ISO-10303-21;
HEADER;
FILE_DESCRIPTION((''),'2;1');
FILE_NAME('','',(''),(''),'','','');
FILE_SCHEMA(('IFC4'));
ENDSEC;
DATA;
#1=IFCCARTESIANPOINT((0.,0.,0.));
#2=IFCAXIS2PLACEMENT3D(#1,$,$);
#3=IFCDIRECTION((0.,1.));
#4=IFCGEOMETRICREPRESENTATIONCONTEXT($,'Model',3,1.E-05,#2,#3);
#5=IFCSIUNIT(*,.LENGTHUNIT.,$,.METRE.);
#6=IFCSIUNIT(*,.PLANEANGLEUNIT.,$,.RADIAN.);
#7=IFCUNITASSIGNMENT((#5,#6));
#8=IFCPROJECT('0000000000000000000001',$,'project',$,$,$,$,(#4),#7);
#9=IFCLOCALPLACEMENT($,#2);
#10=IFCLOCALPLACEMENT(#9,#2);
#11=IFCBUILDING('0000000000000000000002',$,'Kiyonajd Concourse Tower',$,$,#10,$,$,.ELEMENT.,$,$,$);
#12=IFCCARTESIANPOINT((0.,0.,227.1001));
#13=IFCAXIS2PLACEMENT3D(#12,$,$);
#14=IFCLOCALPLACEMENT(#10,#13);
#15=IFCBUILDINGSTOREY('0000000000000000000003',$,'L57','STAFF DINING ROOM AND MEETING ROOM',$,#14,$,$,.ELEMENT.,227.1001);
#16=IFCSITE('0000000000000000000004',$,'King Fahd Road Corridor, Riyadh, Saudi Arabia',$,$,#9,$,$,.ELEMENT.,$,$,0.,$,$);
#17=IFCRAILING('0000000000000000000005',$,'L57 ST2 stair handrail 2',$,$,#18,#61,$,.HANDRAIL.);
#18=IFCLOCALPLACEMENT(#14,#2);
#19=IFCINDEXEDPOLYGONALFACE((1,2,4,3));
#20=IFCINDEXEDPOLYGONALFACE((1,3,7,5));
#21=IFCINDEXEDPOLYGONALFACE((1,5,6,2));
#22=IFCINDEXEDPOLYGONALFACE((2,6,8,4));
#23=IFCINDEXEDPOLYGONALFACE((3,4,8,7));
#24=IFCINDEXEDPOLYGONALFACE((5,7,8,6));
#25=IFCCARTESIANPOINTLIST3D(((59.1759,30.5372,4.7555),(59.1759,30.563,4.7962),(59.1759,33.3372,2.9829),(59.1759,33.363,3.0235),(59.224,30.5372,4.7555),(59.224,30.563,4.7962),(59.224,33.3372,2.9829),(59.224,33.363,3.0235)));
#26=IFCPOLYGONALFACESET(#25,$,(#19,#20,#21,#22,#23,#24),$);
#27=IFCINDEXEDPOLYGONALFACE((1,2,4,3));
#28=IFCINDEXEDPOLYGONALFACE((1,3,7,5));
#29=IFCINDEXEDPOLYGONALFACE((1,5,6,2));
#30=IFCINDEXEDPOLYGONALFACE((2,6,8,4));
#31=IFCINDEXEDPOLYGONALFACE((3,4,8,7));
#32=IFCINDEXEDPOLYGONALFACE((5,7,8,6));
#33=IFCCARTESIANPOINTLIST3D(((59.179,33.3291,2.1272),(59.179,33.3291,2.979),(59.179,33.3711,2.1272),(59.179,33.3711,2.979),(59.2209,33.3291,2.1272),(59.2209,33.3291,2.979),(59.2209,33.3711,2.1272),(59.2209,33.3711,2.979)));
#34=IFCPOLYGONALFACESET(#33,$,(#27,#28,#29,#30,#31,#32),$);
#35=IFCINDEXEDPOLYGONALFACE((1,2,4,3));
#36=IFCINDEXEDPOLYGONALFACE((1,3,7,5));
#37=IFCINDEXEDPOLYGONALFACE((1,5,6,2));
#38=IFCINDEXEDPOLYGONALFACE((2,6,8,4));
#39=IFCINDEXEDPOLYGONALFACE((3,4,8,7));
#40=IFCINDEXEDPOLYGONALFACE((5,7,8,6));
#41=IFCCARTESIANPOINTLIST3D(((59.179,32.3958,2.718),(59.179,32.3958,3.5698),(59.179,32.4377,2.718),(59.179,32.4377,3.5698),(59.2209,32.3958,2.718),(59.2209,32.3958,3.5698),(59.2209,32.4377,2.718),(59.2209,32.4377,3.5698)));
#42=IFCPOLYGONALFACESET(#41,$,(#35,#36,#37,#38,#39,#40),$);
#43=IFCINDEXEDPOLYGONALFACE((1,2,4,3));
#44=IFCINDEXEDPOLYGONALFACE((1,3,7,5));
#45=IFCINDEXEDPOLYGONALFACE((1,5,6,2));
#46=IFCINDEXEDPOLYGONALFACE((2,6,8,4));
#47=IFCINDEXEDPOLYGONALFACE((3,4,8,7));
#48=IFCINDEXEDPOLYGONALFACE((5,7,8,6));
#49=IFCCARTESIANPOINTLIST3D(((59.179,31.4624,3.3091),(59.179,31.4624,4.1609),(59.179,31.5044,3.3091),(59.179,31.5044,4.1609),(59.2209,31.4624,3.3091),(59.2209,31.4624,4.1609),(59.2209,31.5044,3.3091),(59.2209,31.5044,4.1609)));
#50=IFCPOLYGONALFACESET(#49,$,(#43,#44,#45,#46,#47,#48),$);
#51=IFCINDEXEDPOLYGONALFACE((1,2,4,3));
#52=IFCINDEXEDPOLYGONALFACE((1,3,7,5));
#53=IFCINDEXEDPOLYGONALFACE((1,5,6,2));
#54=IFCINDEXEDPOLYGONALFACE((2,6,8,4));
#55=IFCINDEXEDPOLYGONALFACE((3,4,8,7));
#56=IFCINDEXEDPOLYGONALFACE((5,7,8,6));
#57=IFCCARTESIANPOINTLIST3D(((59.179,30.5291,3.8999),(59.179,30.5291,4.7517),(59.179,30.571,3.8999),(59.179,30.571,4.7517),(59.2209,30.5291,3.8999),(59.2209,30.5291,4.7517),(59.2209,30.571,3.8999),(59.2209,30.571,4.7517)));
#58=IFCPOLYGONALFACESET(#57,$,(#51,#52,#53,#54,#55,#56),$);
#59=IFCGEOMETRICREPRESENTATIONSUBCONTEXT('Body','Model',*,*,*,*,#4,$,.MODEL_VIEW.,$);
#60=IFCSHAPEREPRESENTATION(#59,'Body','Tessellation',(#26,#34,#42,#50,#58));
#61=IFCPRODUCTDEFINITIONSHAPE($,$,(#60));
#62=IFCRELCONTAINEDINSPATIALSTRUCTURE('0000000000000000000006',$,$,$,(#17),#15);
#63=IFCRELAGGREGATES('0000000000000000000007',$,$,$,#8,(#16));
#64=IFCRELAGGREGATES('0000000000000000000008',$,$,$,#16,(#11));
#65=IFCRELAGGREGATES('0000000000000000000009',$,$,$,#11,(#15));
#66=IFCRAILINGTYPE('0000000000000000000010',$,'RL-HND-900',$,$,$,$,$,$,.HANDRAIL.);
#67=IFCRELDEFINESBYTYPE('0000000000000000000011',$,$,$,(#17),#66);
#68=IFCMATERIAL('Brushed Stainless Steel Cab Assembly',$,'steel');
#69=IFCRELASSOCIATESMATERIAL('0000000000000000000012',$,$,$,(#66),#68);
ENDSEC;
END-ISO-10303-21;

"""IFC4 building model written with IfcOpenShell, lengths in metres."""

from ifc_helpers import new_model, si_unit, direction, frame, origin, origin_2d, place, context, subcontext, project, spatial, rectangle, extrude, material, type_object, element, save


model = new_model("IFC4")

# Units and contexts
model_context = context("Model", 3, precision=1e-05, world=origin(), true_north=direction((0.0, 1.0)))
body_context = subcontext(model_context, "Body", "Model", "MODEL_VIEW")
ifc_project = project(units=[si_unit("LENGTHUNIT", "METRE"), si_unit("PLANEANGLEUNIT", "RADIAN")], contexts=[model_context])

# Site, building, storey
site_placement = place(None, origin())
site = spatial("IfcSite", under=ifc_project, at=site_placement, Name="King Fahd Road Corridor, Riyadh, Saudi Arabia", CompositionType="ELEMENT", RefElevation=0.0)
building_placement = place(site_placement, origin())
building = spatial("IfcBuilding", under=site, at=building_placement, Name="Kiyonajd Concourse Tower", CompositionType="ELEMENT")
storey_placement = place(building_placement, frame((0.0, 0.0, 227.1001)))
storey = spatial("IfcBuildingStorey", under=building, at=storey_placement, Name="L57", Description="STAFF DINING ROOM AND MEETING ROOM", CompositionType="ELEMENT", Elevation=227.1001)

# Shared definitions
ifc_material_1 = material(Name="Brushed Stainless Steel Cab Assembly", Category="steel")

# Railing
railing_type_1 = type_object("IfcRailingType", Name="RL-HND-900", PredefinedType="HANDRAIL", material=ifc_material_1)
railing_1_placement = place(storey_placement, frame((59.2, 33.3501, 2.1272)))
element("IfcRailing", 1, at=railing_1_placement, inside=storey, type_object=railing_type_1, Name="L57 ST2 stair handrail 2", PredefinedType="HANDRAIL", context=body_context, shape_type="SweptSolid", body=[
    extrude(rectangle(XDim=0.0481, YDim=0.0481, at=origin_2d()), frame((0.0, 0.0, 0.876), z_axis=(0.0, -0.844909, 0.53491), x_axis=(1.0, 0.0, 0.0)), (0.0, 0.0, 1.0), 3.314),
    extrude(rectangle(XDim=0.042, YDim=0.042, at=origin_2d()), origin(), (0.0, 0.0, 1.0), 0.8518),
    extrude(rectangle(XDim=0.042, YDim=0.042, at=origin_2d()), frame((0.0, -0.9333, 0.5908)), (0.0, 0.0, 1.0), 0.8518),
    extrude(rectangle(XDim=0.042, YDim=0.042, at=origin_2d()), frame((0.0, -1.8667, 1.1819)), (0.0, 0.0, 1.0), 0.8518),
    extrude(rectangle(XDim=0.042, YDim=0.042, at=origin_2d()), frame((0.0, -2.8, 1.7727)), (0.0, 0.0, 1.0), 0.8518),
])

save(model, "model.ifc")
